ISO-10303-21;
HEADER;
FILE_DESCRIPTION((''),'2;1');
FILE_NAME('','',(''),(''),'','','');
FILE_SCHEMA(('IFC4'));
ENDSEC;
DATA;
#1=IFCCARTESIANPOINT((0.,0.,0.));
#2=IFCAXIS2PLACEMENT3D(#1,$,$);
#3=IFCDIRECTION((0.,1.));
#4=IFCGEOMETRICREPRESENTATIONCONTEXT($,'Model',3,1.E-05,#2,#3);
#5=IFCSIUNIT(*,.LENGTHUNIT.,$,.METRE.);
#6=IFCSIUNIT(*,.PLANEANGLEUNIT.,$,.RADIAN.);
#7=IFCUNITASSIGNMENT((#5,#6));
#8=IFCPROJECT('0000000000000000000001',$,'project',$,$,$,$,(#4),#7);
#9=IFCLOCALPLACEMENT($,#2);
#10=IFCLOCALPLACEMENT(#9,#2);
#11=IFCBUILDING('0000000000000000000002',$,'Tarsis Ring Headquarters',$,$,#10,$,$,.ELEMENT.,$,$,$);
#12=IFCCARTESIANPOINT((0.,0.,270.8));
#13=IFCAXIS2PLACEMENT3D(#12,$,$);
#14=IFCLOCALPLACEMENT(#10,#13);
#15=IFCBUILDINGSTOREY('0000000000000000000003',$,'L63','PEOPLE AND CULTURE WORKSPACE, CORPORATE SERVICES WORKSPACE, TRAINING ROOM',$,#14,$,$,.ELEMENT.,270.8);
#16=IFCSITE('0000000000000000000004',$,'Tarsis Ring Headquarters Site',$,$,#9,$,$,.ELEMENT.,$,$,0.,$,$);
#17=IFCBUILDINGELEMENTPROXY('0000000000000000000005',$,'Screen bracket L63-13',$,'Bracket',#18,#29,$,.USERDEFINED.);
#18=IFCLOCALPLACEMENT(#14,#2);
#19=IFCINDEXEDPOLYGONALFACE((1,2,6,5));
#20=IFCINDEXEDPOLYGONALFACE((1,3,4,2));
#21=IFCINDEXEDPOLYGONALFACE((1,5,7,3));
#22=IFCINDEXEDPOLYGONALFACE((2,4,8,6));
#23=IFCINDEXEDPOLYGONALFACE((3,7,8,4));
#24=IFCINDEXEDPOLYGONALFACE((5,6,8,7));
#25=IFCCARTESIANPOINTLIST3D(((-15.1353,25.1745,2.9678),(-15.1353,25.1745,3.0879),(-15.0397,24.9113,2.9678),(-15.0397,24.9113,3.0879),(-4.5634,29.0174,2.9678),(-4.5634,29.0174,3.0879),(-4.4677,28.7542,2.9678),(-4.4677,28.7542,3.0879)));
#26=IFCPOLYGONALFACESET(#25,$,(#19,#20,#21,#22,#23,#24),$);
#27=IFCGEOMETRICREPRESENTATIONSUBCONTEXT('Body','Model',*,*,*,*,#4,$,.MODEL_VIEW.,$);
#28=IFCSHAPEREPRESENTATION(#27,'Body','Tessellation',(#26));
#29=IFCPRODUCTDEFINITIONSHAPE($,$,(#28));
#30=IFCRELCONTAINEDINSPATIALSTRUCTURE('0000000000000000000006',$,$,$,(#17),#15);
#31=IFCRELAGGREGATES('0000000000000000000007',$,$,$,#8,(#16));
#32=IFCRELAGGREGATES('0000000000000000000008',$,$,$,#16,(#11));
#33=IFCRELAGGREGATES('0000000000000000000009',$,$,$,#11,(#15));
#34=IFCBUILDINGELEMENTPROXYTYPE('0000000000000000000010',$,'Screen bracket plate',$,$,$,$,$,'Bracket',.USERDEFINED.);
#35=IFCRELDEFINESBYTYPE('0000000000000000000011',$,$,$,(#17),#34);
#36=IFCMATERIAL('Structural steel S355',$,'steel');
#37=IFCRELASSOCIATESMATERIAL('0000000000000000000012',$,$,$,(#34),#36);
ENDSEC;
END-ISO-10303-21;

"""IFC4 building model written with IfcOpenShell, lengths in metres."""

from ifc_helpers import new_model, si_unit, direction, frame, origin, origin_2d, place, context, subcontext, project, spatial, rectangle, extrude, material, type_object, element, save


model = new_model("IFC4")

# Units and contexts
model_context = context("Model", 3, precision=1e-05, world=origin(), true_north=direction((0.0, 1.0)))
body_context = subcontext(model_context, "Body", "Model", "MODEL_VIEW")
ifc_project = project(units=[si_unit("LENGTHUNIT", "METRE"), si_unit("PLANEANGLEUNIT", "RADIAN")], contexts=[model_context])

# Site, building, storey
site_placement = place(None, origin())
site = spatial("IfcSite", under=ifc_project, at=site_placement, Name="Tarsis Ring Headquarters Site", CompositionType="ELEMENT", RefElevation=0.0)
building_placement = place(site_placement, origin())
building = spatial("IfcBuilding", under=site, at=building_placement, Name="Tarsis Ring Headquarters", CompositionType="ELEMENT")
storey_placement = place(building_placement, frame((0.0, 0.0, 270.8)))
storey = spatial("IfcBuildingStorey", under=building, at=storey_placement, Name="L63", Description="PEOPLE AND CULTURE WORKSPACE, CORPORATE SERVICES WORKSPACE, TRAINING ROOM", CompositionType="ELEMENT", Elevation=270.8)

# Shared definitions
ifc_material_1 = material(Name="Structural steel S355", Category="steel")

# Building element proxy
building_element_proxy_type = type_object("IfcBuildingElementProxyType", Name="Screen bracket plate", ElementType="Bracket", PredefinedType="USERDEFINED", material=ifc_material_1)
proxy_placement = place(storey_placement, frame((-9.8015, 26.9644, 2.9678), z_axis=(0.0, 0.0, 1.0), x_axis=(-0.939834, -0.34163, 0.0)))
element("IfcBuildingElementProxy", 1, at=proxy_placement, inside=storey, type_object=building_element_proxy_type, Name="Screen bracket L63-13", ObjectType="Bracket", PredefinedType="USERDEFINED", context=body_context, shape_type="SweptSolid", body=[
    extrude(rectangle(XDim=11.2488, YDim=0.28, at=origin_2d()), origin(), (0.0, 0.0, 1.0), 0.1201),
])

save(model, "model.ifc")
